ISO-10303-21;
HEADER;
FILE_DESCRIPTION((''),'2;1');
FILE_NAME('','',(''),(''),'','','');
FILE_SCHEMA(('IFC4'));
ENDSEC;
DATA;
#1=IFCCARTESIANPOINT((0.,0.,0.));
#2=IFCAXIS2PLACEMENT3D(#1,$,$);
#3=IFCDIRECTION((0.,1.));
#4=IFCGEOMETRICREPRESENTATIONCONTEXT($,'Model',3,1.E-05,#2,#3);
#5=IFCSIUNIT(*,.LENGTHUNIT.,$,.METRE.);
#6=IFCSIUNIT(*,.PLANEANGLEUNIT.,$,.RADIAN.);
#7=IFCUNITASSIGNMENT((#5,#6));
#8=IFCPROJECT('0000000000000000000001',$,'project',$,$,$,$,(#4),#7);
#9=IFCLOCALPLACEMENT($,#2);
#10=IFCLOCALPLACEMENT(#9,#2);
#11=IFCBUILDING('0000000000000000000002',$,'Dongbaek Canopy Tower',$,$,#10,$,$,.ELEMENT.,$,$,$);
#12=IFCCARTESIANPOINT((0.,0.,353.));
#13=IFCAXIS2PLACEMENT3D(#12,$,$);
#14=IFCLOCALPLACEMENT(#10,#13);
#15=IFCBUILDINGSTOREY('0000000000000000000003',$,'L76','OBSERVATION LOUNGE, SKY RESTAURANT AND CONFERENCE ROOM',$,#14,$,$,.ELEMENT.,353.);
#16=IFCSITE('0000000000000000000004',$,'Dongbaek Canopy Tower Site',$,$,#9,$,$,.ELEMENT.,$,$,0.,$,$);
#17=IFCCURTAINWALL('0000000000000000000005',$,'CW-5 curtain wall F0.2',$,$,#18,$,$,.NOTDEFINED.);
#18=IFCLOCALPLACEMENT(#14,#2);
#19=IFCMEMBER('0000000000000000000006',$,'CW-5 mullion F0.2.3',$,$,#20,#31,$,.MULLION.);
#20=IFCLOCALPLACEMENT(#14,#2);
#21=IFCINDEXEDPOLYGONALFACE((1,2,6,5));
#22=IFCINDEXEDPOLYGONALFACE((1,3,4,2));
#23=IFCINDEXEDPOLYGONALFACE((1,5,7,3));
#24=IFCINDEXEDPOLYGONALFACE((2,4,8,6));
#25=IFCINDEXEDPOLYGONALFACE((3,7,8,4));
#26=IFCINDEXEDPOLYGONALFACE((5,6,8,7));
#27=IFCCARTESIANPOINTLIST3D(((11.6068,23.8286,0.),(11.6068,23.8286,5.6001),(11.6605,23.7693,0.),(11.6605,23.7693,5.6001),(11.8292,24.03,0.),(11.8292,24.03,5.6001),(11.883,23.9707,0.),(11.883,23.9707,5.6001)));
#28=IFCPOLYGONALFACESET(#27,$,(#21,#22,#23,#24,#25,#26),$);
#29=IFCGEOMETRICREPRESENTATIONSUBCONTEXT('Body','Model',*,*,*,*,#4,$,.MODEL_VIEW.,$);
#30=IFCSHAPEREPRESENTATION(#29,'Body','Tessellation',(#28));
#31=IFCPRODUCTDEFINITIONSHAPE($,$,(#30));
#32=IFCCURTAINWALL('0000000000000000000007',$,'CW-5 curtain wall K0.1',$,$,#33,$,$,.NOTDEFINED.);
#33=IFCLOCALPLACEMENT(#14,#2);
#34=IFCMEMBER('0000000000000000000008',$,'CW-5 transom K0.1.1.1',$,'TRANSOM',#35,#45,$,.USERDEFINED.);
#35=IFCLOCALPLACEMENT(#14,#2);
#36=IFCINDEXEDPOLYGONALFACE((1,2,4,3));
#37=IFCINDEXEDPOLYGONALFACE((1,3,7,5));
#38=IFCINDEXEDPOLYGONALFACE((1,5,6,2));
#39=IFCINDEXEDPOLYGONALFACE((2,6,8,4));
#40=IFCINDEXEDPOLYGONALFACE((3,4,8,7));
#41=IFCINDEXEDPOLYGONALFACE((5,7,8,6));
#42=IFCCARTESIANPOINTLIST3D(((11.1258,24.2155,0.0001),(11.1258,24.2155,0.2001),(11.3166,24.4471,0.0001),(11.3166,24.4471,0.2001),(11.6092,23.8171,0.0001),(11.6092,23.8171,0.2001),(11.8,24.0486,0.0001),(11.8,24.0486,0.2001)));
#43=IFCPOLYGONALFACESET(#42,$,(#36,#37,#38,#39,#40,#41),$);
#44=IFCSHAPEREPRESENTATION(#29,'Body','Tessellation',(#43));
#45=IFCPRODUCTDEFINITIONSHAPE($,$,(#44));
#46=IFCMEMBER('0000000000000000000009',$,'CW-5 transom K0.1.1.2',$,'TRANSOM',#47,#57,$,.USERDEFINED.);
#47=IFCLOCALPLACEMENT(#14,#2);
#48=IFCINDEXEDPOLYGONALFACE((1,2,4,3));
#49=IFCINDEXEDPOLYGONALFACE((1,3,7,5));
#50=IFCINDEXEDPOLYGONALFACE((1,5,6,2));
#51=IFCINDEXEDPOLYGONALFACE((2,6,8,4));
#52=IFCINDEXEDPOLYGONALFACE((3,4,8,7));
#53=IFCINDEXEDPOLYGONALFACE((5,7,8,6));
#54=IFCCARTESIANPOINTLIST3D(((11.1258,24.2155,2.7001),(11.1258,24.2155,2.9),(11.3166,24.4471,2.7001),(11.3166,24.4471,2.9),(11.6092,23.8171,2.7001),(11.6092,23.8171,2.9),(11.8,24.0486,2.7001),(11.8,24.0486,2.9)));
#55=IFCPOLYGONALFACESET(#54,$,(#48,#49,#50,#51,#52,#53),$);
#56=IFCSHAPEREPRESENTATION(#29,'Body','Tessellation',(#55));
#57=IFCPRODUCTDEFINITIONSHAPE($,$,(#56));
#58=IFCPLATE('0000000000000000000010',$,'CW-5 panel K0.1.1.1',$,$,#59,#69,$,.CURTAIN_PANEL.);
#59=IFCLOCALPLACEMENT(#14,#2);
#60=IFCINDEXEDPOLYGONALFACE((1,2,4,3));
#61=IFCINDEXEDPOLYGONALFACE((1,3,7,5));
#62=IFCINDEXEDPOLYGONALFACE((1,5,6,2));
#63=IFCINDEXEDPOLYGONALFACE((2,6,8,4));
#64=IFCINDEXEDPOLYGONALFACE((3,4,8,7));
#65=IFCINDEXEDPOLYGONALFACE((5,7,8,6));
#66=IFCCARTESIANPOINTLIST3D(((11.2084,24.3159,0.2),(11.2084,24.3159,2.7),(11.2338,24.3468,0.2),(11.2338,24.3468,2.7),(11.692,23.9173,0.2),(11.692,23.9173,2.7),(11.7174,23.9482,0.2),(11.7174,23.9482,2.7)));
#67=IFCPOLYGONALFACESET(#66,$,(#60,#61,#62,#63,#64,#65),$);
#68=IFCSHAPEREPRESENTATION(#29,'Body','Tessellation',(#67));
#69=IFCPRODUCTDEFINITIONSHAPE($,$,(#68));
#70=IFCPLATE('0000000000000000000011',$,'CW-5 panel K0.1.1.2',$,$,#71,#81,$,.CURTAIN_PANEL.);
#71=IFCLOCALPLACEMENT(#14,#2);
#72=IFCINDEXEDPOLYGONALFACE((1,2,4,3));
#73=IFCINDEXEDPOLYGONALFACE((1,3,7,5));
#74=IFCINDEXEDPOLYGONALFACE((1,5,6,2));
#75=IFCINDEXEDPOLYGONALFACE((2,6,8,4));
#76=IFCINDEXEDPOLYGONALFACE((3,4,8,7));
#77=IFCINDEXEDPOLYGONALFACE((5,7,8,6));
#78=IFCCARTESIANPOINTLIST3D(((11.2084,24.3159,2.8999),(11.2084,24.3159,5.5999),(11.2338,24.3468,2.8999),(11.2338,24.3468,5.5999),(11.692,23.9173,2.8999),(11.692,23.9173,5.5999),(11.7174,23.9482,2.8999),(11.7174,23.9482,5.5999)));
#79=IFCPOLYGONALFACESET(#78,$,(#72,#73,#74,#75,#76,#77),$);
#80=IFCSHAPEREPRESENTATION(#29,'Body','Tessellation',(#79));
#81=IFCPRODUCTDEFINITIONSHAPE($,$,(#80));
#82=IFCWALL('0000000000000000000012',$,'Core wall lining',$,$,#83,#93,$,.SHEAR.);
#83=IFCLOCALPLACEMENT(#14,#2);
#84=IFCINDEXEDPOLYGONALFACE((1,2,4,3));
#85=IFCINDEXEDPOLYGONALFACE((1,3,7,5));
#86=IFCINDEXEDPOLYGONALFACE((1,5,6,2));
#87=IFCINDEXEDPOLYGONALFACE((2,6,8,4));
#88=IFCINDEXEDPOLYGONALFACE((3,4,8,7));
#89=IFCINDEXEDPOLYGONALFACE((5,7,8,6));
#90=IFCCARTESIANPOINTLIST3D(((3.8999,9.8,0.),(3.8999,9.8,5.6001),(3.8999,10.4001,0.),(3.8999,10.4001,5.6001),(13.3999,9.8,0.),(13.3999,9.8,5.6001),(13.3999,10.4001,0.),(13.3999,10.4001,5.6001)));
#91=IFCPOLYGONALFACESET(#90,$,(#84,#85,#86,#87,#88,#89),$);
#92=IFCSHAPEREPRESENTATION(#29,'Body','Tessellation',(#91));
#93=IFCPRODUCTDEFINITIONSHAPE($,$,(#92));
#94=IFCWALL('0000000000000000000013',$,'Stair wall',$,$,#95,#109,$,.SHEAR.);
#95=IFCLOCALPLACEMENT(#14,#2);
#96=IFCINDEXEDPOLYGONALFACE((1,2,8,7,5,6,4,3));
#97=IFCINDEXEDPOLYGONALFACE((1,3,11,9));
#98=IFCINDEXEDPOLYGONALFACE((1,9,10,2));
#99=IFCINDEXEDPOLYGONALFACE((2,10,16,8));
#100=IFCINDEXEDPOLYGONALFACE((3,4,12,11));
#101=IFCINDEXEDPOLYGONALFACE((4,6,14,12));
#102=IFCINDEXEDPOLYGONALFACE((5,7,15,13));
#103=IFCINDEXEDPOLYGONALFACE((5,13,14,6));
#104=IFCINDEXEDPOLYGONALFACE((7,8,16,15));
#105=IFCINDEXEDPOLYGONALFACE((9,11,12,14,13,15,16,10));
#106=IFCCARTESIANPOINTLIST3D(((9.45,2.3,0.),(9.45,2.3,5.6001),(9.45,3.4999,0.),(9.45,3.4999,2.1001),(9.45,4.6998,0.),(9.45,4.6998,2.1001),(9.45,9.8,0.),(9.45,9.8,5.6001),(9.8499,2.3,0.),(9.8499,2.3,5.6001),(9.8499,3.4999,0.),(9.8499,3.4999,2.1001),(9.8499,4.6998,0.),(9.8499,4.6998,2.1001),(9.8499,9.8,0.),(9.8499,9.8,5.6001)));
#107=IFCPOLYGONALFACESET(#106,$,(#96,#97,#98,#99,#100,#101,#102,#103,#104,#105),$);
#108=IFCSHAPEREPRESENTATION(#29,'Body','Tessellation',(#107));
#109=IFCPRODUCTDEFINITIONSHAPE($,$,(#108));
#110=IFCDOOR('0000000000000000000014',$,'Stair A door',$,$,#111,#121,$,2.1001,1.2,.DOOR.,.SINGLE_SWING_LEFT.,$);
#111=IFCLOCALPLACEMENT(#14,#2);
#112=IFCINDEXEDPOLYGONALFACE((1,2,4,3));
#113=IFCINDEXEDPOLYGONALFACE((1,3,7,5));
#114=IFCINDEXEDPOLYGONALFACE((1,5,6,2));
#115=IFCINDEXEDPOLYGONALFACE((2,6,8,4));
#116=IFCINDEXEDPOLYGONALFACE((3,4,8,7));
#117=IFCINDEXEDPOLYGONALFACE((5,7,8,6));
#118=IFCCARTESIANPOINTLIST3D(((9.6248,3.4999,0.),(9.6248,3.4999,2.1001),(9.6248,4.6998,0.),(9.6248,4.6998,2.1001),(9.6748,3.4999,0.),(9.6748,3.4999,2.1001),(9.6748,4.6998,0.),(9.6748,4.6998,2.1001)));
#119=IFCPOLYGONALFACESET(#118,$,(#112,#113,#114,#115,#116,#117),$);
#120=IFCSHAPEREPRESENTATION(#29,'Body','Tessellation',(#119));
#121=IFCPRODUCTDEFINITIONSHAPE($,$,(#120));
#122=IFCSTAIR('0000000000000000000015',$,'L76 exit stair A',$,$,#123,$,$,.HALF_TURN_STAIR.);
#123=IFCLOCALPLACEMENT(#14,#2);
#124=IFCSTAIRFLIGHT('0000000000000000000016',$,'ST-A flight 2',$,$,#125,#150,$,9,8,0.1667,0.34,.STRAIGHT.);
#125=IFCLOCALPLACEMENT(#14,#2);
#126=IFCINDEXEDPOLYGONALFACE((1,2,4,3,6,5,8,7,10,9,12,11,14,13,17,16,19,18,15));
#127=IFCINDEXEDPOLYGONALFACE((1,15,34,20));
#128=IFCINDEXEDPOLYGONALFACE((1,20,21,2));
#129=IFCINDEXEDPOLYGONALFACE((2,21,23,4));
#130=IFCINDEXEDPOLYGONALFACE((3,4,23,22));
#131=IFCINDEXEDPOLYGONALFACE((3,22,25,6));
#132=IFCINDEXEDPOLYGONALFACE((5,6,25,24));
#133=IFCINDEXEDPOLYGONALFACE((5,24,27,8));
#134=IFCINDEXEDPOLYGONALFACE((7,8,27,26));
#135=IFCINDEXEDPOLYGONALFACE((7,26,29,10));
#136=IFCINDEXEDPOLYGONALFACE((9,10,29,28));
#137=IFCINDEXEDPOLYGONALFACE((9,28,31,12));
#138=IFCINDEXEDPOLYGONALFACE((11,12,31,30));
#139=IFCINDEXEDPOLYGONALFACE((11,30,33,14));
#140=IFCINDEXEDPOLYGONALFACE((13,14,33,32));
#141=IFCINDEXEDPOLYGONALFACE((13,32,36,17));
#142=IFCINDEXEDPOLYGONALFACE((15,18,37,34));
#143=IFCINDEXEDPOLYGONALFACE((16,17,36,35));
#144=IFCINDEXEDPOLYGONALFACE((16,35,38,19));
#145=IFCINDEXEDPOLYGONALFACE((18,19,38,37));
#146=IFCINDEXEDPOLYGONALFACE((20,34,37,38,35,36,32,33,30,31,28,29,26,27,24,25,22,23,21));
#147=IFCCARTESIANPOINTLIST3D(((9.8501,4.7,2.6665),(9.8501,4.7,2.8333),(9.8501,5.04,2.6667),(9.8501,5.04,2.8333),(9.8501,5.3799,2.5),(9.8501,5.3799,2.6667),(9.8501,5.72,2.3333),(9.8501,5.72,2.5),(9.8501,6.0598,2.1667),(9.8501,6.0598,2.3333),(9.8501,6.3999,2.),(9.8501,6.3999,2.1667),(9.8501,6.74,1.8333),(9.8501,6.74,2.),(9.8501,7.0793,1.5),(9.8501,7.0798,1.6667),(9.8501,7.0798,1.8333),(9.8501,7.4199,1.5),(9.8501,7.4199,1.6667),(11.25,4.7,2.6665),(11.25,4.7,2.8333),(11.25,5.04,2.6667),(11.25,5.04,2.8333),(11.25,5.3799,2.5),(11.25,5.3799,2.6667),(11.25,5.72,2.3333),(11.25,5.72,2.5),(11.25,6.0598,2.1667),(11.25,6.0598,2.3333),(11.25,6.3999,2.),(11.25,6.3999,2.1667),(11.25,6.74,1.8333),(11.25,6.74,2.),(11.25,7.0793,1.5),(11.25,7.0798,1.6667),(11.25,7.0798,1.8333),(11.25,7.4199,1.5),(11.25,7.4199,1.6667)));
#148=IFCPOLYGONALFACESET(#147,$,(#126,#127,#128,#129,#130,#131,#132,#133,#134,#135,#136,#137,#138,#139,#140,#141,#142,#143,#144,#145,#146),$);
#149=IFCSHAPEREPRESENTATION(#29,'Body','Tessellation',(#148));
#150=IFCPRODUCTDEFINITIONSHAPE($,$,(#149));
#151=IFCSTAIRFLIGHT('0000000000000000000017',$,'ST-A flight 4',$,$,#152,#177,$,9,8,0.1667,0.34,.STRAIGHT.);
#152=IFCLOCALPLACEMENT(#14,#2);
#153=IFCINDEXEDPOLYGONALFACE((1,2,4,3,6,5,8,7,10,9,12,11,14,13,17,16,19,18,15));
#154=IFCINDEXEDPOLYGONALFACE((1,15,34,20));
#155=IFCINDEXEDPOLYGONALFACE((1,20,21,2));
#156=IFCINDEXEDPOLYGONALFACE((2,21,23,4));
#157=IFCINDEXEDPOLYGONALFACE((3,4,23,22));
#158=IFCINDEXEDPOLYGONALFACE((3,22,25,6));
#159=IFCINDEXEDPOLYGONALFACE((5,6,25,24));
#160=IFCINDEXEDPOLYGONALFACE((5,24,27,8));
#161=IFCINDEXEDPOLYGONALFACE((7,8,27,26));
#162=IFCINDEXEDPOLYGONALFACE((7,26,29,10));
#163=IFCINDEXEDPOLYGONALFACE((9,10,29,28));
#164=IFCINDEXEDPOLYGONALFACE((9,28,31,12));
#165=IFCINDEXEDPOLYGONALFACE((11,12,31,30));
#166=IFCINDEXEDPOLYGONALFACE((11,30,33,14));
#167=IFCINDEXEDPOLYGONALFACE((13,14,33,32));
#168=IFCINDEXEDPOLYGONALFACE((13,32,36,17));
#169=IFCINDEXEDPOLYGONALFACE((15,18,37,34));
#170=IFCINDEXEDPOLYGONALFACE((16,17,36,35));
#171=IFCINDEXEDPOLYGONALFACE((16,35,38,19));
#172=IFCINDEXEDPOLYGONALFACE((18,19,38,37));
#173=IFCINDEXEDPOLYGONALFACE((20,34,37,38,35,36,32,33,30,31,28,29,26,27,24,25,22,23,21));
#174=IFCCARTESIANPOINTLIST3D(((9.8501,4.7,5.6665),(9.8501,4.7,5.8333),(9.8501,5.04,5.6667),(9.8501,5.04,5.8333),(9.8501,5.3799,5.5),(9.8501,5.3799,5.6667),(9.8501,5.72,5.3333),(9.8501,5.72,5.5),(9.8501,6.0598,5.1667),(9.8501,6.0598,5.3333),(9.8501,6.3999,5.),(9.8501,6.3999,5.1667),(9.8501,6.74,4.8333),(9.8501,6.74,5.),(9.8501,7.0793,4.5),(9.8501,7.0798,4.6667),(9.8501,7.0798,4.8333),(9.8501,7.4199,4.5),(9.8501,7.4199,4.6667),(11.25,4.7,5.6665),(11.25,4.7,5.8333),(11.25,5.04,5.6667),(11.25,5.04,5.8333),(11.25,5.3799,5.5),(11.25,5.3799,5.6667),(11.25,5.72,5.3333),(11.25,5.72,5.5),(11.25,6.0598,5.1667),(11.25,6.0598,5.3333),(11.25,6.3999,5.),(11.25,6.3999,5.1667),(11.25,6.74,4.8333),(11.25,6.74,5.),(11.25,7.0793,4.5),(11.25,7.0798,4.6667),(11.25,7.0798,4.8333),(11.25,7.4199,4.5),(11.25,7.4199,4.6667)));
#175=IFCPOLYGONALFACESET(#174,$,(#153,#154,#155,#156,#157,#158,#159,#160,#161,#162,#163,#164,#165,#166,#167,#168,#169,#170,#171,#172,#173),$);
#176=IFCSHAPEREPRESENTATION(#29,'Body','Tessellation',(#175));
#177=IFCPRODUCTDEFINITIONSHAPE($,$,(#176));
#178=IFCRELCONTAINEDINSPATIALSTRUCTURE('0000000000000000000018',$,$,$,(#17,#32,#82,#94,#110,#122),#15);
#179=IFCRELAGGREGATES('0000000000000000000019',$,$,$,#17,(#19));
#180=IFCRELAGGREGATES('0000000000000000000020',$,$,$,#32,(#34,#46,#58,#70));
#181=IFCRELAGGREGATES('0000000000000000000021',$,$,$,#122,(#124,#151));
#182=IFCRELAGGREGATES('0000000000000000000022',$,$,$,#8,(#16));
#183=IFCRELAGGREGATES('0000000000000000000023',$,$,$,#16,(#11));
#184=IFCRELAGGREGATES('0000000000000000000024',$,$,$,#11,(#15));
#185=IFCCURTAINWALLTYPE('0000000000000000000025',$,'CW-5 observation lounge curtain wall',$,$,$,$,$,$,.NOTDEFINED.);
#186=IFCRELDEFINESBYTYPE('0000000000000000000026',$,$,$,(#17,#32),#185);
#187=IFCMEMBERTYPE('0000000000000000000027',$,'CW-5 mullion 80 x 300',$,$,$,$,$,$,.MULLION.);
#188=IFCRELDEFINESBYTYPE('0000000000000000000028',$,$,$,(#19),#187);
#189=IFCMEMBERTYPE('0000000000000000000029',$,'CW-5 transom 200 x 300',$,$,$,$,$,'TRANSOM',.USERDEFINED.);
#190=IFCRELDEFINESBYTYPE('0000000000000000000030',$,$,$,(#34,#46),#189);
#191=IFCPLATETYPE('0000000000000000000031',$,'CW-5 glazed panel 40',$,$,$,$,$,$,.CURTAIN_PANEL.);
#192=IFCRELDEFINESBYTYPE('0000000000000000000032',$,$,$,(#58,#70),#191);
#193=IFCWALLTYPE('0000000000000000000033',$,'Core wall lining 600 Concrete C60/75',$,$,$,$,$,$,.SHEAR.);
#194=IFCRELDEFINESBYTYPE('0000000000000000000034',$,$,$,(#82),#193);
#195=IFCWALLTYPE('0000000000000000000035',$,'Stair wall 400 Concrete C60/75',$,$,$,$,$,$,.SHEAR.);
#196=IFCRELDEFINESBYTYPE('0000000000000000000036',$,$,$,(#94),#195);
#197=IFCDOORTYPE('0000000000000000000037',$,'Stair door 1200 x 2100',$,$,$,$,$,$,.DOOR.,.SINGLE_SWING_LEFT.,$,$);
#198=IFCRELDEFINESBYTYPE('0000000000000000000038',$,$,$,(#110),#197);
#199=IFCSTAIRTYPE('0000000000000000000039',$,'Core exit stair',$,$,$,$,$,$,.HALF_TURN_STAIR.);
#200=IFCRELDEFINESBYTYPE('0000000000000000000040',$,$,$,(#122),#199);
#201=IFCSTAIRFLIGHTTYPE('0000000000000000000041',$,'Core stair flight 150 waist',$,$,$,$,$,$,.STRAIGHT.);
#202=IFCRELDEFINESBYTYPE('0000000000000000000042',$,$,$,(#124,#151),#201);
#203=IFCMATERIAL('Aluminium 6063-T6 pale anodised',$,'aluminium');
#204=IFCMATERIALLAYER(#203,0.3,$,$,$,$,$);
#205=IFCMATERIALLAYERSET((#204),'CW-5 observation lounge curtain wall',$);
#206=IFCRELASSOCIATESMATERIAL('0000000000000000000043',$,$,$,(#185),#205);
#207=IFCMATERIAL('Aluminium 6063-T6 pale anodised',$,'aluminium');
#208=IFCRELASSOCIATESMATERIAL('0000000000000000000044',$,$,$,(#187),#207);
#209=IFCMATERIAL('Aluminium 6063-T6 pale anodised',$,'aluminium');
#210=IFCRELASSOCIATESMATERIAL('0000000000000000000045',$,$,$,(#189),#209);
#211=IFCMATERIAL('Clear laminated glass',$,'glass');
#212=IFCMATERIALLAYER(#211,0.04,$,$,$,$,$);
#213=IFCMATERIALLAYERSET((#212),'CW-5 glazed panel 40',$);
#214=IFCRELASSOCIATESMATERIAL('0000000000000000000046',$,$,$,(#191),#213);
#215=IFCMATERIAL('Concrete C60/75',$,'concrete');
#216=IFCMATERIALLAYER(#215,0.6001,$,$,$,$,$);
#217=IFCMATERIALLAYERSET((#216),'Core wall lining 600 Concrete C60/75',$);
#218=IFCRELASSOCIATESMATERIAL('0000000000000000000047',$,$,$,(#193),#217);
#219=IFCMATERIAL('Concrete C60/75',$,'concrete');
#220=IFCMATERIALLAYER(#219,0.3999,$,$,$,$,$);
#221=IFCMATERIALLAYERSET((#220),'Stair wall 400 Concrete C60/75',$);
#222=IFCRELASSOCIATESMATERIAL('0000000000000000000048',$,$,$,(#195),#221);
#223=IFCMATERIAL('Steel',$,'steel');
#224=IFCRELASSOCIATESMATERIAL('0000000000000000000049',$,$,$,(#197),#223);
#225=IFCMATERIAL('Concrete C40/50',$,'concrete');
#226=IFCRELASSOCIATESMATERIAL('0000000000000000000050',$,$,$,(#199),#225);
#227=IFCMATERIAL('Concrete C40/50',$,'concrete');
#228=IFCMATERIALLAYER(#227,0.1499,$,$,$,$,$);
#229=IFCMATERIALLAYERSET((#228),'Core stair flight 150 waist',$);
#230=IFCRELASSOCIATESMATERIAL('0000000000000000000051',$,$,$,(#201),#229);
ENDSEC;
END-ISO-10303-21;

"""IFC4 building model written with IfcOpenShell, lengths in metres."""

from ifc_helpers import new_model, si_unit, direction, frame, frame_2d, origin, origin_2d, place, context, subcontext, project, spatial, polyline, rectangle, outline, extrude, material, layer, layer_set, material_profile, profile_set, type_object, element, fill, aggregate, save


model = new_model("IFC4")

# Units and contexts
model_context = context("Model", 3, precision=1e-05, world=origin(), true_north=direction((0.0, 1.0)))
body_context = subcontext(model_context, "Body", "Model", "MODEL_VIEW")
ifc_project = project(units=[si_unit("LENGTHUNIT", "METRE"), si_unit("PLANEANGLEUNIT", "RADIAN")], contexts=[model_context])

# Site, building, storey
site_placement = place(None, origin())
site = spatial("IfcSite", under=ifc_project, at=site_placement, Name="Dongbaek Canopy Tower Site", CompositionType="ELEMENT", RefElevation=0.0)
building_placement = place(site_placement, origin())
building = spatial("IfcBuilding", under=site, at=building_placement, Name="Dongbaek Canopy Tower", CompositionType="ELEMENT")
storey_placement = place(building_placement, frame((0.0, 0.0, 353.0)))
storey = spatial("IfcBuildingStorey", under=building, at=storey_placement, Name="L76", Description="OBSERVATION LOUNGE, SKY RESTAURANT AND CONFERENCE ROOM", CompositionType="ELEMENT", Elevation=353.0)

# Curtain wall, member
ifc_material_1 = material(Name="Aluminium 6063-T6 pale anodised", Category="aluminium")
ifc_layer_1 = layer(ifc_material_1, 0.3)
ifc_layer_set_1 = layer_set([ifc_layer_1], Name="CW-5 observation lounge curtain wall")
curtain_wall_type = type_object("IfcCurtainWallType", Name="CW-5 observation lounge curtain wall", PredefinedType="NOTDEFINED", material=ifc_layer_set_1)
curtain_wall_1_placement = place(storey_placement, origin())
curtain_wall_1 = element("IfcCurtainWall", 1, at=curtain_wall_1_placement, inside=storey, type_object=curtain_wall_type, Name="CW-5 curtain wall F0.2", PredefinedType="NOTDEFINED")
ifc_material_2 = material(Name="Aluminium 6063-T6 pale anodised", Category="aluminium")
ifc_material_profile_1 = material_profile(ifc_material_2, rectangle(XDim=0.3, YDim=0.0801, at=origin_2d()), Name="CW-5 mullion 80 x 300")
ifc_profile_set_1 = profile_set([ifc_material_profile_1], Name="Aluminium 6063-T6 pale anodised")
member_type_1 = type_object("IfcMemberType", Name="CW-5 mullion 80 x 300", PredefinedType="MULLION", material=ifc_profile_set_1)
member_1_placement = place(storey_placement, frame((11.7449, 23.8997, 0.0), z_axis=(0.0, 0.0, 1.0), x_axis=(0.741222, 0.67126, 0.0)))
member_1 = element("IfcMember", 2, at=member_1_placement, type_object=member_type_1, Name="CW-5 mullion F0.2.3", PredefinedType="MULLION", context=body_context, shape_type="SweptSolid", body=[
    extrude(rectangle(XDim=0.3, YDim=0.0801, at=origin_2d()), origin(), (0.0, 0.0, 1.0), 5.6001),
])
aggregate(curtain_wall_1, [member_1])

# Curtain wall, members, plates
curtain_wall_2_placement = place(storey_placement, origin())
curtain_wall_2 = element("IfcCurtainWall", 3, at=curtain_wall_2_placement, inside=storey, type_object=curtain_wall_type, Name="CW-5 curtain wall K0.1", PredefinedType="NOTDEFINED")
ifc_material_3 = material(Name="Aluminium 6063-T6 pale anodised", Category="aluminium")
ifc_material_profile_2 = material_profile(ifc_material_3, rectangle(XDim=0.3, YDim=0.2, at=origin_2d()), Name="CW-5 transom 200 x 300")
ifc_profile_set_2 = profile_set([ifc_material_profile_2], Name="Aluminium 6063-T6 pale anodised")
member_type_2 = type_object("IfcMemberType", Name="CW-5 transom 200 x 300", ElementType="TRANSOM", PredefinedType="USERDEFINED", material=ifc_profile_set_2)
member_2_placement = place(storey_placement, frame((11.7046, 23.9329, 0.1001), z_axis=(-0.77166, 0.636035, 0.0), x_axis=(-0.636035, -0.77166, 0.0)))
member_2 = element("IfcMember", 4, at=member_2_placement, type_object=member_type_2, Name="CW-5 transom K0.1.1.1", ObjectType="TRANSOM", PredefinedType="USERDEFINED", context=body_context, shape_type="SweptSolid", body=[
    extrude(rectangle(XDim=0.3, YDim=0.2, at=origin_2d()), origin(), (0.0, 0.0, 1.0), 0.6265),
])
member_3_placement = place(storey_placement, frame((11.7046, 23.9329, 2.8), z_axis=(-0.77166, 0.636035, 0.0), x_axis=(-0.636035, -0.77166, 0.0)))
member_3 = element("IfcMember", 5, at=member_3_placement, type_object=member_type_2, Name="CW-5 transom K0.1.1.2", ObjectType="TRANSOM", PredefinedType="USERDEFINED", context=body_context, shape_type="SweptSolid", body=[
    extrude(rectangle(XDim=0.3, YDim=0.2, at=origin_2d()), origin(), (0.0, 0.0, 1.0), 0.6265),
])
ifc_material_4 = material(Name="Clear laminated glass", Category="glass")
ifc_layer_2 = layer(ifc_material_4, 0.04)
ifc_layer_set_2 = layer_set([ifc_layer_2], Name="CW-5 glazed panel 40")
plate_type = type_object("IfcPlateType", Name="CW-5 glazed panel 40", PredefinedType="CURTAIN_PANEL", material=ifc_layer_set_2)
plate_1_placement = place(storey_placement, frame((11.4629, 24.1321, 0.2), z_axis=(0.0, 0.0, 1.0), x_axis=(-0.771649, 0.636049, 0.0)))
plate_1 = element("IfcPlate", 6, at=plate_1_placement, type_object=plate_type, Name="CW-5 panel K0.1.1.1", PredefinedType="CURTAIN_PANEL", context=body_context, shape_type="SweptSolid", body=[
    extrude(rectangle(XDim=0.6267, YDim=0.04, at=origin_2d()), origin(), (0.0, 0.0, 1.0), 2.5),
])
plate_2_placement = place(storey_placement, frame((11.4629, 24.1321, 2.8999), z_axis=(0.0, 0.0, 1.0), x_axis=(-0.771649, 0.636049, 0.0)))
plate_2 = element("IfcPlate", 7, at=plate_2_placement, type_object=plate_type, Name="CW-5 panel K0.1.1.2", PredefinedType="CURTAIN_PANEL", context=body_context, shape_type="SweptSolid", body=[
    extrude(rectangle(XDim=0.6267, YDim=0.04, at=origin_2d()), origin(), (0.0, 0.0, 1.0), 2.7),
])
aggregate(curtain_wall_2, [member_2, member_3, plate_1, plate_2])

# Wall
ifc_material_5 = material(Name="Concrete C60/75", Category="concrete")
ifc_layer_3 = layer(ifc_material_5, 0.6001)
ifc_layer_set_3 = layer_set([ifc_layer_3], Name="Core wall lining 600 Concrete C60/75")
wall_type_1 = type_object("IfcWallType", Name="Core wall lining 600 Concrete C60/75", PredefinedType="SHEAR", material=ifc_layer_set_3)
wall_1_placement = place(storey_placement, frame((3.8999, 10.1001, 0.0), z_axis=(0.0, 0.0, 1.0), x_axis=(1.0, 0.0, 0.0)))
element("IfcWall", 8, at=wall_1_placement, inside=storey, type_object=wall_type_1, Name="Core wall lining", PredefinedType="SHEAR", context=body_context, shape_type="SweptSolid", body=[
    extrude(rectangle(XDim=9.5, YDim=0.6001, at=frame_2d((4.75, 0.0))), origin(), (0.0, 0.0, 1.0), 5.6001),
])

# Wall, opening, door
ifc_material_6 = material(Name="Concrete C60/75", Category="concrete")
ifc_layer_4 = layer(ifc_material_6, 0.3999)
ifc_layer_set_4 = layer_set([ifc_layer_4], Name="Stair wall 400 Concrete C60/75")
wall_type_2 = type_object("IfcWallType", Name="Stair wall 400 Concrete C60/75", PredefinedType="SHEAR", material=ifc_layer_set_4)
wall_2_placement = place(storey_placement, frame((9.6499, 9.8, 0.0), z_axis=(0.0, 0.0, 1.0), x_axis=(0.0, -1.0, 0.0)))
wall_2 = element("IfcWall", 9, at=wall_2_placement, inside=storey, type_object=wall_type_2, Name="Stair wall", PredefinedType="SHEAR", context=body_context, shape_type="SweptSolid", body=[
    extrude(rectangle(XDim=7.5, YDim=0.3999, at=frame_2d((3.75, 0.0))), origin(), (0.0, 0.0, 1.0), 5.6001),
])
opening_placement = place(wall_2_placement, frame((5.1001, 0.0, 0.0)))
opening = element("IfcOpeningElement", 10, at=opening_placement, cuts=wall_2, PredefinedType="OPENING", context=body_context, shape_type="SweptSolid", body=[
    extrude(rectangle(XDim=1.2, YDim=2.1001, at=frame_2d((0.6001, 1.05))), frame((0.0, 0.21, 0.0), z_axis=(0.0, -1.0, 0.0), x_axis=(1.0, 0.0, 0.0)), (0.0, 0.0, 1.0), 0.4199),
])
ifc_material_7 = material(Name="Steel", Category="steel")
door_type = type_object("IfcDoorType", Name="Stair door 1200 x 2100", OperationType="SINGLE_SWING_LEFT", PredefinedType="DOOR", material=ifc_material_7)
door_placement = place(opening_placement, origin())
door = element("IfcDoor", 11, at=door_placement, inside=storey, type_object=door_type, Name="Stair A door", OperationType="SINGLE_SWING_LEFT", OverallHeight=2.1001, OverallWidth=1.2, PredefinedType="DOOR", context=body_context, shape_type="SweptSolid", body=[
    extrude(rectangle(XDim=1.2, YDim=2.1001, at=frame_2d((0.6001, 1.05))), frame((0.0, 0.0249, 0.0), z_axis=(0.0, -1.0, 0.0), x_axis=(1.0, 0.0, 0.0)), (0.0, 0.0, 1.0), 0.05),
])
fill(opening, door)

# Stair, stair flights
ifc_material_8 = material(Name="Concrete C40/50", Category="concrete")
stair_type = type_object("IfcStairType", Name="Core exit stair", PredefinedType="HALF_TURN_STAIR", material=ifc_material_8)
stair_placement = place(storey_placement, origin())
stair = element("IfcStair", 12, at=stair_placement, inside=storey, type_object=stair_type, Name="L76 exit stair A", PredefinedType="HALF_TURN_STAIR")
ifc_material_9 = material(Name="Concrete C40/50", Category="concrete")
ifc_layer_5 = layer(ifc_material_9, 0.1499)
ifc_layer_set_5 = layer_set([ifc_layer_5], Name="Core stair flight 150 waist")
stair_flight_type = type_object("IfcStairFlightType", Name="Core stair flight 150 waist", PredefinedType="STRAIGHT", material=ifc_layer_set_5)
stair_flight_1_placement = place(storey_placement, frame((10.55, 7.4199, 1.5), z_axis=(0.0, 0.0, 1.0), x_axis=(0.0, -1.0, 0.0)))
stair_flight_1 = element("IfcStairFlight", 13, at=stair_flight_1_placement, type_object=stair_flight_type, Name="ST-A flight 2", NumberOfRisers=9, NumberOfTreads=8, PredefinedType="STRAIGHT", RiserHeight=0.1667, TreadLength=0.34, context=body_context, shape_type="SweptSolid", body=[
    extrude(outline(polyline([(0.0, 0.0), (0.0, 0.1667), (0.3401, 0.1667), (0.3401, 0.3333), (0.6799, 0.3333), (0.6799, 0.5), (1.02, 0.5), (1.02, 0.6667), (1.3601, 0.6667), (1.3601, 0.8333), (1.7, 0.8333), (1.7, 1.0), (2.04, 1.0), (2.04, 1.1667), (2.3799, 1.1667), (2.3799, 1.3333), (2.72, 1.3333), (2.72, 1.5), (2.72, 1.1665), (0.3406, 0.0), (0.0, 0.0)])), frame((0.0, 0.7, 0.0), z_axis=(0.0, -1.0, 0.0), x_axis=(1.0, 0.0, 0.0)), (0.0, 0.0, 1.0), 1.3999),
])
stair_flight_2_placement = place(storey_placement, frame((10.55, 7.4199, 4.5), z_axis=(0.0, 0.0, 1.0), x_axis=(0.0, -1.0, 0.0)))
stair_flight_2 = element("IfcStairFlight", 14, at=stair_flight_2_placement, type_object=stair_flight_type, Name="ST-A flight 4", NumberOfRisers=9, NumberOfTreads=8, PredefinedType="STRAIGHT", RiserHeight=0.1667, TreadLength=0.34, context=body_context, shape_type="SweptSolid", body=[
    extrude(outline(polyline([(0.0, 0.0), (0.0, 0.1667), (0.3401, 0.1667), (0.3401, 0.3333), (0.6799, 0.3333), (0.6799, 0.5), (1.02, 0.5), (1.02, 0.6667), (1.3601, 0.6667), (1.3601, 0.8333), (1.7, 0.8333), (1.7, 1.0), (2.04, 1.0), (2.04, 1.1667), (2.3799, 1.1667), (2.3799, 1.3333), (2.72, 1.3333), (2.72, 1.5), (2.72, 1.1665), (0.3406, 0.0), (0.0, 0.0)])), frame((0.0, 0.7, 0.0), z_axis=(0.0, -1.0, 0.0), x_axis=(1.0, 0.0, 0.0)), (0.0, 0.0, 1.0), 1.3999),
])
aggregate(stair, [stair_flight_1, stair_flight_2])

save(model, "model.ifc")
